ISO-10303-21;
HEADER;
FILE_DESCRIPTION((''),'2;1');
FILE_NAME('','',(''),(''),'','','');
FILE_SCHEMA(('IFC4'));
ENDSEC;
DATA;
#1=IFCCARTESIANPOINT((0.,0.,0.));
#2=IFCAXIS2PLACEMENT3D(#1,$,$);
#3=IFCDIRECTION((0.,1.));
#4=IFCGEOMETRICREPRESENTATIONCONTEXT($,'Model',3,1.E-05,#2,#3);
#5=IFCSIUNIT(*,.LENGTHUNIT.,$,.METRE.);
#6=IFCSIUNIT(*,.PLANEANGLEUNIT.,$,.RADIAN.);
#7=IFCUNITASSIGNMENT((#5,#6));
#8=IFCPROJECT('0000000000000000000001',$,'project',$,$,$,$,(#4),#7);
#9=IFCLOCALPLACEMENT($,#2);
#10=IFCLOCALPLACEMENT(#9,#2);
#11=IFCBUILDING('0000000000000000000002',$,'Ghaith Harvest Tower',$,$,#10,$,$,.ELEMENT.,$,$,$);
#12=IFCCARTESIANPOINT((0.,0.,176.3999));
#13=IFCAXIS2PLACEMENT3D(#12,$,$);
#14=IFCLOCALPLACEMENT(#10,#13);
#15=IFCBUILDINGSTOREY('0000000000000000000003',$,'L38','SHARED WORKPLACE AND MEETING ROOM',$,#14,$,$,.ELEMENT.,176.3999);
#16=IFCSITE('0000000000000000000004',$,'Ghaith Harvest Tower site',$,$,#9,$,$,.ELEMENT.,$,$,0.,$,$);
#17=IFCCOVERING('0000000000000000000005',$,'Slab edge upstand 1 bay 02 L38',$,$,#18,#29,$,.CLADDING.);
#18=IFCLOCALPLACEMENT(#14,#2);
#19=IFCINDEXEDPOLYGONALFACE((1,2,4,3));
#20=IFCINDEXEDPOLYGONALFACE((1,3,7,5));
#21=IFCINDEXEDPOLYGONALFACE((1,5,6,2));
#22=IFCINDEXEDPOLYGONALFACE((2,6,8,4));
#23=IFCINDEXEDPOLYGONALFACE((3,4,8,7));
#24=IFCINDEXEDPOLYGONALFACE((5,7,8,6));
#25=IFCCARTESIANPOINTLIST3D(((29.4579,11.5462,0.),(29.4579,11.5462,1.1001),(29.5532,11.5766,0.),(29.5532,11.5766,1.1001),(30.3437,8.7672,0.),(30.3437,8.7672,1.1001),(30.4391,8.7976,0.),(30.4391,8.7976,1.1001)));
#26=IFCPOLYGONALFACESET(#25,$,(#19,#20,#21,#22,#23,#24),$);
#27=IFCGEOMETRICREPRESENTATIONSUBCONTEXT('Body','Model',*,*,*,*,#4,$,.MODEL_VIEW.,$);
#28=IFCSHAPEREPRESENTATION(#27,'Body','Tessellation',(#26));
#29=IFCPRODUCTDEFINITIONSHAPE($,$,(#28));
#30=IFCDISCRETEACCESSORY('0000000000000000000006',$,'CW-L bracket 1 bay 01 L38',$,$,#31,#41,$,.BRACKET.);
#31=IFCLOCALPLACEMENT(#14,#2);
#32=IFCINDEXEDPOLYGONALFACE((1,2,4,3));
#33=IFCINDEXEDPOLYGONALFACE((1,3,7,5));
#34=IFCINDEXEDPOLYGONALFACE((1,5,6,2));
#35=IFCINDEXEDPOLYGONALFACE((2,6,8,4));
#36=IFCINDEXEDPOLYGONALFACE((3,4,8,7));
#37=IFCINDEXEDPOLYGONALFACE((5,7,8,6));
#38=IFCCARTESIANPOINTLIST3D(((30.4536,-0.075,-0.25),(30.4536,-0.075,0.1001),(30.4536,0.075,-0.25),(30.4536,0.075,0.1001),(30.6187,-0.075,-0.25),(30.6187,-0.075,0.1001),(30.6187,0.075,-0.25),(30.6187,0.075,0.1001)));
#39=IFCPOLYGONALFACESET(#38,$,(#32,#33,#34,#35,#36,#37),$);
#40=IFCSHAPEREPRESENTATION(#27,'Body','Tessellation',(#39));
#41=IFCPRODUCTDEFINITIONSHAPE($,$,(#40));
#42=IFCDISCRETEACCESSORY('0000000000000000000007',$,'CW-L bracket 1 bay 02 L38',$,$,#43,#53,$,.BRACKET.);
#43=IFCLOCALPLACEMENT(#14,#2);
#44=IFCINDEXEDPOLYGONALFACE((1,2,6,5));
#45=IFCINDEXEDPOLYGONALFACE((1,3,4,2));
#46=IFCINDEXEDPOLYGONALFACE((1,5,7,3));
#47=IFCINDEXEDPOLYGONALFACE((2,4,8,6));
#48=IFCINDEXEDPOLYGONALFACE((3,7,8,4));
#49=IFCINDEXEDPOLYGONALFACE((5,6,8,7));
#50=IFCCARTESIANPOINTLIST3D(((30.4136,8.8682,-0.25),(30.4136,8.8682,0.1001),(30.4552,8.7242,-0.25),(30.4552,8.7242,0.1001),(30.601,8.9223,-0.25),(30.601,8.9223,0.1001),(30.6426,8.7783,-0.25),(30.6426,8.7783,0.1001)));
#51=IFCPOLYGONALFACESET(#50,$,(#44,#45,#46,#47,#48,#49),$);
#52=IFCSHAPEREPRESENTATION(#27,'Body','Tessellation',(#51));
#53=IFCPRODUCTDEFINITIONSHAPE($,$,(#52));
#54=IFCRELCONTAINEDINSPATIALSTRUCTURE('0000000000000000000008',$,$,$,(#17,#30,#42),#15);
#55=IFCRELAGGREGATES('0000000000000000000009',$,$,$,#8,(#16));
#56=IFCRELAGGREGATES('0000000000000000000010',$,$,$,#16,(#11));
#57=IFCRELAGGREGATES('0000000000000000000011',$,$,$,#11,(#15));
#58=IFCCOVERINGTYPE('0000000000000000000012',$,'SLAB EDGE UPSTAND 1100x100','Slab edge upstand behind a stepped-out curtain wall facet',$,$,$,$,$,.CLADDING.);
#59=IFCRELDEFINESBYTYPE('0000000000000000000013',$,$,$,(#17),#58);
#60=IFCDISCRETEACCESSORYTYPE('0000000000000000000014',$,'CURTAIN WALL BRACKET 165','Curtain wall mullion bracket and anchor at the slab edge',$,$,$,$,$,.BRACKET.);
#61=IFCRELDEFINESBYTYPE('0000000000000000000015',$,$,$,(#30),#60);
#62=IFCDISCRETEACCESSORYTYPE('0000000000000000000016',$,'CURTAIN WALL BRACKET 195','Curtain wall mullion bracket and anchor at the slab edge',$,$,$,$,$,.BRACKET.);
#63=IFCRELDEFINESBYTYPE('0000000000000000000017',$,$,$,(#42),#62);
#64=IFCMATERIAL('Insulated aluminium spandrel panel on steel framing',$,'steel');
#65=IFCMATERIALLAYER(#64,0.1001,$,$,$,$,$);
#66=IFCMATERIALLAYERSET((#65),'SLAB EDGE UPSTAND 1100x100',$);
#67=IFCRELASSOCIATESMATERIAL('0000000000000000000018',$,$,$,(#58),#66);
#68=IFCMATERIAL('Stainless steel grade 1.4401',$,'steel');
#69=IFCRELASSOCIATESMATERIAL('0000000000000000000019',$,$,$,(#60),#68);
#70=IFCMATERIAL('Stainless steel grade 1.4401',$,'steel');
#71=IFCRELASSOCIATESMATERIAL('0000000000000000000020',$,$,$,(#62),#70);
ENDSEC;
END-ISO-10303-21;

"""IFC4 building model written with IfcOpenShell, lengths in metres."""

from ifc_helpers import new_model, si_unit, direction, frame, origin, origin_2d, place, context, subcontext, project, spatial, rectangle, extrude, material, layer, layer_set, type_object, element, save


model = new_model("IFC4")

# Units and contexts
model_context = context("Model", 3, precision=1e-05, world=origin(), true_north=direction((0.0, 1.0)))
body_context = subcontext(model_context, "Body", "Model", "MODEL_VIEW")
ifc_project = project(units=[si_unit("LENGTHUNIT", "METRE"), si_unit("PLANEANGLEUNIT", "RADIAN")], contexts=[model_context])

# Site, building, storey
site_placement = place(None, origin())
site = spatial("IfcSite", under=ifc_project, at=site_placement, Name="Ghaith Harvest Tower site", CompositionType="ELEMENT", RefElevation=0.0)
building_placement = place(site_placement, origin())
building = spatial("IfcBuilding", under=site, at=building_placement, Name="Ghaith Harvest Tower", CompositionType="ELEMENT")
storey_placement = place(building_placement, frame((0.0, 0.0, 176.3999)))
storey = spatial("IfcBuildingStorey", under=building, at=storey_placement, Name="L38", Description="SHARED WORKPLACE AND MEETING ROOM", CompositionType="ELEMENT", Elevation=176.3999)

# Covering
ifc_material_1 = material(Name="Insulated aluminium spandrel panel on steel framing", Category="steel")
ifc_layer_1 = layer(ifc_material_1, 0.1001)
ifc_layer_set_1 = layer_set([ifc_layer_1], Name="SLAB EDGE UPSTAND 1100x100")
covering_type = type_object("IfcCoveringType", Name="SLAB EDGE UPSTAND 1100x100", Description="Slab edge upstand behind a stepped-out curtain wall facet", PredefinedType="CLADDING", material=ifc_layer_set_1)
covering_1_placement = place(storey_placement, frame((29.9485, 10.1719, 0.0), z_axis=(0.0, 0.0, 1.0), x_axis=(-0.303717, 0.952762, 0.0)))
element("IfcCovering", 1, at=covering_1_placement, inside=storey, type_object=covering_type, Name="Slab edge upstand 1 bay 02 L38", PredefinedType="CLADDING", context=body_context, shape_type="SweptSolid", body=[
    extrude(rectangle(XDim=2.9167, YDim=0.1001, at=origin_2d()), origin(), (0.0, 0.0, 1.0), 1.1001),
])

# Discrete accessories
ifc_material_2 = material(Name="Stainless steel grade 1.4401", Category="steel")
discrete_accessory_type_1 = type_object("IfcDiscreteAccessoryType", Name="CURTAIN WALL BRACKET 165", Description="Curtain wall mullion bracket and anchor at the slab edge", PredefinedType="BRACKET", material=ifc_material_2)
discrete_accessory_1_placement = place(storey_placement, frame((30.5361, 0.0, -0.25), z_axis=(0.0, 0.0, 1.0), x_axis=(1.0, 0.0, 0.0)))
element("IfcDiscreteAccessory", 2, at=discrete_accessory_1_placement, inside=storey, type_object=discrete_accessory_type_1, Name="CW-L bracket 1 bay 01 L38", PredefinedType="BRACKET", context=body_context, shape_type="SweptSolid", body=[
    extrude(rectangle(XDim=0.165, YDim=0.1499, at=origin_2d()), origin(), (0.0, 0.0, 1.0), 0.3501),
])
ifc_material_3 = material(Name="Stainless steel grade 1.4401", Category="steel")
discrete_accessory_type_2 = type_object("IfcDiscreteAccessoryType", Name="CURTAIN WALL BRACKET 195", Description="Curtain wall mullion bracket and anchor at the slab edge", PredefinedType="BRACKET", material=ifc_material_3)
discrete_accessory_2_placement = place(storey_placement, frame((30.5281, 8.8232, -0.25), z_axis=(0.0, 0.0, 1.0), x_axis=(0.96068, 0.277657, 0.0)))
element("IfcDiscreteAccessory", 3, at=discrete_accessory_2_placement, inside=storey, type_object=discrete_accessory_type_2, Name="CW-L bracket 1 bay 02 L38", PredefinedType="BRACKET", context=body_context, shape_type="SweptSolid", body=[
    extrude(rectangle(XDim=0.1951, YDim=0.1499, at=origin_2d()), origin(), (0.0, 0.0, 1.0), 0.3501),
])

save(model, "model.ifc")
